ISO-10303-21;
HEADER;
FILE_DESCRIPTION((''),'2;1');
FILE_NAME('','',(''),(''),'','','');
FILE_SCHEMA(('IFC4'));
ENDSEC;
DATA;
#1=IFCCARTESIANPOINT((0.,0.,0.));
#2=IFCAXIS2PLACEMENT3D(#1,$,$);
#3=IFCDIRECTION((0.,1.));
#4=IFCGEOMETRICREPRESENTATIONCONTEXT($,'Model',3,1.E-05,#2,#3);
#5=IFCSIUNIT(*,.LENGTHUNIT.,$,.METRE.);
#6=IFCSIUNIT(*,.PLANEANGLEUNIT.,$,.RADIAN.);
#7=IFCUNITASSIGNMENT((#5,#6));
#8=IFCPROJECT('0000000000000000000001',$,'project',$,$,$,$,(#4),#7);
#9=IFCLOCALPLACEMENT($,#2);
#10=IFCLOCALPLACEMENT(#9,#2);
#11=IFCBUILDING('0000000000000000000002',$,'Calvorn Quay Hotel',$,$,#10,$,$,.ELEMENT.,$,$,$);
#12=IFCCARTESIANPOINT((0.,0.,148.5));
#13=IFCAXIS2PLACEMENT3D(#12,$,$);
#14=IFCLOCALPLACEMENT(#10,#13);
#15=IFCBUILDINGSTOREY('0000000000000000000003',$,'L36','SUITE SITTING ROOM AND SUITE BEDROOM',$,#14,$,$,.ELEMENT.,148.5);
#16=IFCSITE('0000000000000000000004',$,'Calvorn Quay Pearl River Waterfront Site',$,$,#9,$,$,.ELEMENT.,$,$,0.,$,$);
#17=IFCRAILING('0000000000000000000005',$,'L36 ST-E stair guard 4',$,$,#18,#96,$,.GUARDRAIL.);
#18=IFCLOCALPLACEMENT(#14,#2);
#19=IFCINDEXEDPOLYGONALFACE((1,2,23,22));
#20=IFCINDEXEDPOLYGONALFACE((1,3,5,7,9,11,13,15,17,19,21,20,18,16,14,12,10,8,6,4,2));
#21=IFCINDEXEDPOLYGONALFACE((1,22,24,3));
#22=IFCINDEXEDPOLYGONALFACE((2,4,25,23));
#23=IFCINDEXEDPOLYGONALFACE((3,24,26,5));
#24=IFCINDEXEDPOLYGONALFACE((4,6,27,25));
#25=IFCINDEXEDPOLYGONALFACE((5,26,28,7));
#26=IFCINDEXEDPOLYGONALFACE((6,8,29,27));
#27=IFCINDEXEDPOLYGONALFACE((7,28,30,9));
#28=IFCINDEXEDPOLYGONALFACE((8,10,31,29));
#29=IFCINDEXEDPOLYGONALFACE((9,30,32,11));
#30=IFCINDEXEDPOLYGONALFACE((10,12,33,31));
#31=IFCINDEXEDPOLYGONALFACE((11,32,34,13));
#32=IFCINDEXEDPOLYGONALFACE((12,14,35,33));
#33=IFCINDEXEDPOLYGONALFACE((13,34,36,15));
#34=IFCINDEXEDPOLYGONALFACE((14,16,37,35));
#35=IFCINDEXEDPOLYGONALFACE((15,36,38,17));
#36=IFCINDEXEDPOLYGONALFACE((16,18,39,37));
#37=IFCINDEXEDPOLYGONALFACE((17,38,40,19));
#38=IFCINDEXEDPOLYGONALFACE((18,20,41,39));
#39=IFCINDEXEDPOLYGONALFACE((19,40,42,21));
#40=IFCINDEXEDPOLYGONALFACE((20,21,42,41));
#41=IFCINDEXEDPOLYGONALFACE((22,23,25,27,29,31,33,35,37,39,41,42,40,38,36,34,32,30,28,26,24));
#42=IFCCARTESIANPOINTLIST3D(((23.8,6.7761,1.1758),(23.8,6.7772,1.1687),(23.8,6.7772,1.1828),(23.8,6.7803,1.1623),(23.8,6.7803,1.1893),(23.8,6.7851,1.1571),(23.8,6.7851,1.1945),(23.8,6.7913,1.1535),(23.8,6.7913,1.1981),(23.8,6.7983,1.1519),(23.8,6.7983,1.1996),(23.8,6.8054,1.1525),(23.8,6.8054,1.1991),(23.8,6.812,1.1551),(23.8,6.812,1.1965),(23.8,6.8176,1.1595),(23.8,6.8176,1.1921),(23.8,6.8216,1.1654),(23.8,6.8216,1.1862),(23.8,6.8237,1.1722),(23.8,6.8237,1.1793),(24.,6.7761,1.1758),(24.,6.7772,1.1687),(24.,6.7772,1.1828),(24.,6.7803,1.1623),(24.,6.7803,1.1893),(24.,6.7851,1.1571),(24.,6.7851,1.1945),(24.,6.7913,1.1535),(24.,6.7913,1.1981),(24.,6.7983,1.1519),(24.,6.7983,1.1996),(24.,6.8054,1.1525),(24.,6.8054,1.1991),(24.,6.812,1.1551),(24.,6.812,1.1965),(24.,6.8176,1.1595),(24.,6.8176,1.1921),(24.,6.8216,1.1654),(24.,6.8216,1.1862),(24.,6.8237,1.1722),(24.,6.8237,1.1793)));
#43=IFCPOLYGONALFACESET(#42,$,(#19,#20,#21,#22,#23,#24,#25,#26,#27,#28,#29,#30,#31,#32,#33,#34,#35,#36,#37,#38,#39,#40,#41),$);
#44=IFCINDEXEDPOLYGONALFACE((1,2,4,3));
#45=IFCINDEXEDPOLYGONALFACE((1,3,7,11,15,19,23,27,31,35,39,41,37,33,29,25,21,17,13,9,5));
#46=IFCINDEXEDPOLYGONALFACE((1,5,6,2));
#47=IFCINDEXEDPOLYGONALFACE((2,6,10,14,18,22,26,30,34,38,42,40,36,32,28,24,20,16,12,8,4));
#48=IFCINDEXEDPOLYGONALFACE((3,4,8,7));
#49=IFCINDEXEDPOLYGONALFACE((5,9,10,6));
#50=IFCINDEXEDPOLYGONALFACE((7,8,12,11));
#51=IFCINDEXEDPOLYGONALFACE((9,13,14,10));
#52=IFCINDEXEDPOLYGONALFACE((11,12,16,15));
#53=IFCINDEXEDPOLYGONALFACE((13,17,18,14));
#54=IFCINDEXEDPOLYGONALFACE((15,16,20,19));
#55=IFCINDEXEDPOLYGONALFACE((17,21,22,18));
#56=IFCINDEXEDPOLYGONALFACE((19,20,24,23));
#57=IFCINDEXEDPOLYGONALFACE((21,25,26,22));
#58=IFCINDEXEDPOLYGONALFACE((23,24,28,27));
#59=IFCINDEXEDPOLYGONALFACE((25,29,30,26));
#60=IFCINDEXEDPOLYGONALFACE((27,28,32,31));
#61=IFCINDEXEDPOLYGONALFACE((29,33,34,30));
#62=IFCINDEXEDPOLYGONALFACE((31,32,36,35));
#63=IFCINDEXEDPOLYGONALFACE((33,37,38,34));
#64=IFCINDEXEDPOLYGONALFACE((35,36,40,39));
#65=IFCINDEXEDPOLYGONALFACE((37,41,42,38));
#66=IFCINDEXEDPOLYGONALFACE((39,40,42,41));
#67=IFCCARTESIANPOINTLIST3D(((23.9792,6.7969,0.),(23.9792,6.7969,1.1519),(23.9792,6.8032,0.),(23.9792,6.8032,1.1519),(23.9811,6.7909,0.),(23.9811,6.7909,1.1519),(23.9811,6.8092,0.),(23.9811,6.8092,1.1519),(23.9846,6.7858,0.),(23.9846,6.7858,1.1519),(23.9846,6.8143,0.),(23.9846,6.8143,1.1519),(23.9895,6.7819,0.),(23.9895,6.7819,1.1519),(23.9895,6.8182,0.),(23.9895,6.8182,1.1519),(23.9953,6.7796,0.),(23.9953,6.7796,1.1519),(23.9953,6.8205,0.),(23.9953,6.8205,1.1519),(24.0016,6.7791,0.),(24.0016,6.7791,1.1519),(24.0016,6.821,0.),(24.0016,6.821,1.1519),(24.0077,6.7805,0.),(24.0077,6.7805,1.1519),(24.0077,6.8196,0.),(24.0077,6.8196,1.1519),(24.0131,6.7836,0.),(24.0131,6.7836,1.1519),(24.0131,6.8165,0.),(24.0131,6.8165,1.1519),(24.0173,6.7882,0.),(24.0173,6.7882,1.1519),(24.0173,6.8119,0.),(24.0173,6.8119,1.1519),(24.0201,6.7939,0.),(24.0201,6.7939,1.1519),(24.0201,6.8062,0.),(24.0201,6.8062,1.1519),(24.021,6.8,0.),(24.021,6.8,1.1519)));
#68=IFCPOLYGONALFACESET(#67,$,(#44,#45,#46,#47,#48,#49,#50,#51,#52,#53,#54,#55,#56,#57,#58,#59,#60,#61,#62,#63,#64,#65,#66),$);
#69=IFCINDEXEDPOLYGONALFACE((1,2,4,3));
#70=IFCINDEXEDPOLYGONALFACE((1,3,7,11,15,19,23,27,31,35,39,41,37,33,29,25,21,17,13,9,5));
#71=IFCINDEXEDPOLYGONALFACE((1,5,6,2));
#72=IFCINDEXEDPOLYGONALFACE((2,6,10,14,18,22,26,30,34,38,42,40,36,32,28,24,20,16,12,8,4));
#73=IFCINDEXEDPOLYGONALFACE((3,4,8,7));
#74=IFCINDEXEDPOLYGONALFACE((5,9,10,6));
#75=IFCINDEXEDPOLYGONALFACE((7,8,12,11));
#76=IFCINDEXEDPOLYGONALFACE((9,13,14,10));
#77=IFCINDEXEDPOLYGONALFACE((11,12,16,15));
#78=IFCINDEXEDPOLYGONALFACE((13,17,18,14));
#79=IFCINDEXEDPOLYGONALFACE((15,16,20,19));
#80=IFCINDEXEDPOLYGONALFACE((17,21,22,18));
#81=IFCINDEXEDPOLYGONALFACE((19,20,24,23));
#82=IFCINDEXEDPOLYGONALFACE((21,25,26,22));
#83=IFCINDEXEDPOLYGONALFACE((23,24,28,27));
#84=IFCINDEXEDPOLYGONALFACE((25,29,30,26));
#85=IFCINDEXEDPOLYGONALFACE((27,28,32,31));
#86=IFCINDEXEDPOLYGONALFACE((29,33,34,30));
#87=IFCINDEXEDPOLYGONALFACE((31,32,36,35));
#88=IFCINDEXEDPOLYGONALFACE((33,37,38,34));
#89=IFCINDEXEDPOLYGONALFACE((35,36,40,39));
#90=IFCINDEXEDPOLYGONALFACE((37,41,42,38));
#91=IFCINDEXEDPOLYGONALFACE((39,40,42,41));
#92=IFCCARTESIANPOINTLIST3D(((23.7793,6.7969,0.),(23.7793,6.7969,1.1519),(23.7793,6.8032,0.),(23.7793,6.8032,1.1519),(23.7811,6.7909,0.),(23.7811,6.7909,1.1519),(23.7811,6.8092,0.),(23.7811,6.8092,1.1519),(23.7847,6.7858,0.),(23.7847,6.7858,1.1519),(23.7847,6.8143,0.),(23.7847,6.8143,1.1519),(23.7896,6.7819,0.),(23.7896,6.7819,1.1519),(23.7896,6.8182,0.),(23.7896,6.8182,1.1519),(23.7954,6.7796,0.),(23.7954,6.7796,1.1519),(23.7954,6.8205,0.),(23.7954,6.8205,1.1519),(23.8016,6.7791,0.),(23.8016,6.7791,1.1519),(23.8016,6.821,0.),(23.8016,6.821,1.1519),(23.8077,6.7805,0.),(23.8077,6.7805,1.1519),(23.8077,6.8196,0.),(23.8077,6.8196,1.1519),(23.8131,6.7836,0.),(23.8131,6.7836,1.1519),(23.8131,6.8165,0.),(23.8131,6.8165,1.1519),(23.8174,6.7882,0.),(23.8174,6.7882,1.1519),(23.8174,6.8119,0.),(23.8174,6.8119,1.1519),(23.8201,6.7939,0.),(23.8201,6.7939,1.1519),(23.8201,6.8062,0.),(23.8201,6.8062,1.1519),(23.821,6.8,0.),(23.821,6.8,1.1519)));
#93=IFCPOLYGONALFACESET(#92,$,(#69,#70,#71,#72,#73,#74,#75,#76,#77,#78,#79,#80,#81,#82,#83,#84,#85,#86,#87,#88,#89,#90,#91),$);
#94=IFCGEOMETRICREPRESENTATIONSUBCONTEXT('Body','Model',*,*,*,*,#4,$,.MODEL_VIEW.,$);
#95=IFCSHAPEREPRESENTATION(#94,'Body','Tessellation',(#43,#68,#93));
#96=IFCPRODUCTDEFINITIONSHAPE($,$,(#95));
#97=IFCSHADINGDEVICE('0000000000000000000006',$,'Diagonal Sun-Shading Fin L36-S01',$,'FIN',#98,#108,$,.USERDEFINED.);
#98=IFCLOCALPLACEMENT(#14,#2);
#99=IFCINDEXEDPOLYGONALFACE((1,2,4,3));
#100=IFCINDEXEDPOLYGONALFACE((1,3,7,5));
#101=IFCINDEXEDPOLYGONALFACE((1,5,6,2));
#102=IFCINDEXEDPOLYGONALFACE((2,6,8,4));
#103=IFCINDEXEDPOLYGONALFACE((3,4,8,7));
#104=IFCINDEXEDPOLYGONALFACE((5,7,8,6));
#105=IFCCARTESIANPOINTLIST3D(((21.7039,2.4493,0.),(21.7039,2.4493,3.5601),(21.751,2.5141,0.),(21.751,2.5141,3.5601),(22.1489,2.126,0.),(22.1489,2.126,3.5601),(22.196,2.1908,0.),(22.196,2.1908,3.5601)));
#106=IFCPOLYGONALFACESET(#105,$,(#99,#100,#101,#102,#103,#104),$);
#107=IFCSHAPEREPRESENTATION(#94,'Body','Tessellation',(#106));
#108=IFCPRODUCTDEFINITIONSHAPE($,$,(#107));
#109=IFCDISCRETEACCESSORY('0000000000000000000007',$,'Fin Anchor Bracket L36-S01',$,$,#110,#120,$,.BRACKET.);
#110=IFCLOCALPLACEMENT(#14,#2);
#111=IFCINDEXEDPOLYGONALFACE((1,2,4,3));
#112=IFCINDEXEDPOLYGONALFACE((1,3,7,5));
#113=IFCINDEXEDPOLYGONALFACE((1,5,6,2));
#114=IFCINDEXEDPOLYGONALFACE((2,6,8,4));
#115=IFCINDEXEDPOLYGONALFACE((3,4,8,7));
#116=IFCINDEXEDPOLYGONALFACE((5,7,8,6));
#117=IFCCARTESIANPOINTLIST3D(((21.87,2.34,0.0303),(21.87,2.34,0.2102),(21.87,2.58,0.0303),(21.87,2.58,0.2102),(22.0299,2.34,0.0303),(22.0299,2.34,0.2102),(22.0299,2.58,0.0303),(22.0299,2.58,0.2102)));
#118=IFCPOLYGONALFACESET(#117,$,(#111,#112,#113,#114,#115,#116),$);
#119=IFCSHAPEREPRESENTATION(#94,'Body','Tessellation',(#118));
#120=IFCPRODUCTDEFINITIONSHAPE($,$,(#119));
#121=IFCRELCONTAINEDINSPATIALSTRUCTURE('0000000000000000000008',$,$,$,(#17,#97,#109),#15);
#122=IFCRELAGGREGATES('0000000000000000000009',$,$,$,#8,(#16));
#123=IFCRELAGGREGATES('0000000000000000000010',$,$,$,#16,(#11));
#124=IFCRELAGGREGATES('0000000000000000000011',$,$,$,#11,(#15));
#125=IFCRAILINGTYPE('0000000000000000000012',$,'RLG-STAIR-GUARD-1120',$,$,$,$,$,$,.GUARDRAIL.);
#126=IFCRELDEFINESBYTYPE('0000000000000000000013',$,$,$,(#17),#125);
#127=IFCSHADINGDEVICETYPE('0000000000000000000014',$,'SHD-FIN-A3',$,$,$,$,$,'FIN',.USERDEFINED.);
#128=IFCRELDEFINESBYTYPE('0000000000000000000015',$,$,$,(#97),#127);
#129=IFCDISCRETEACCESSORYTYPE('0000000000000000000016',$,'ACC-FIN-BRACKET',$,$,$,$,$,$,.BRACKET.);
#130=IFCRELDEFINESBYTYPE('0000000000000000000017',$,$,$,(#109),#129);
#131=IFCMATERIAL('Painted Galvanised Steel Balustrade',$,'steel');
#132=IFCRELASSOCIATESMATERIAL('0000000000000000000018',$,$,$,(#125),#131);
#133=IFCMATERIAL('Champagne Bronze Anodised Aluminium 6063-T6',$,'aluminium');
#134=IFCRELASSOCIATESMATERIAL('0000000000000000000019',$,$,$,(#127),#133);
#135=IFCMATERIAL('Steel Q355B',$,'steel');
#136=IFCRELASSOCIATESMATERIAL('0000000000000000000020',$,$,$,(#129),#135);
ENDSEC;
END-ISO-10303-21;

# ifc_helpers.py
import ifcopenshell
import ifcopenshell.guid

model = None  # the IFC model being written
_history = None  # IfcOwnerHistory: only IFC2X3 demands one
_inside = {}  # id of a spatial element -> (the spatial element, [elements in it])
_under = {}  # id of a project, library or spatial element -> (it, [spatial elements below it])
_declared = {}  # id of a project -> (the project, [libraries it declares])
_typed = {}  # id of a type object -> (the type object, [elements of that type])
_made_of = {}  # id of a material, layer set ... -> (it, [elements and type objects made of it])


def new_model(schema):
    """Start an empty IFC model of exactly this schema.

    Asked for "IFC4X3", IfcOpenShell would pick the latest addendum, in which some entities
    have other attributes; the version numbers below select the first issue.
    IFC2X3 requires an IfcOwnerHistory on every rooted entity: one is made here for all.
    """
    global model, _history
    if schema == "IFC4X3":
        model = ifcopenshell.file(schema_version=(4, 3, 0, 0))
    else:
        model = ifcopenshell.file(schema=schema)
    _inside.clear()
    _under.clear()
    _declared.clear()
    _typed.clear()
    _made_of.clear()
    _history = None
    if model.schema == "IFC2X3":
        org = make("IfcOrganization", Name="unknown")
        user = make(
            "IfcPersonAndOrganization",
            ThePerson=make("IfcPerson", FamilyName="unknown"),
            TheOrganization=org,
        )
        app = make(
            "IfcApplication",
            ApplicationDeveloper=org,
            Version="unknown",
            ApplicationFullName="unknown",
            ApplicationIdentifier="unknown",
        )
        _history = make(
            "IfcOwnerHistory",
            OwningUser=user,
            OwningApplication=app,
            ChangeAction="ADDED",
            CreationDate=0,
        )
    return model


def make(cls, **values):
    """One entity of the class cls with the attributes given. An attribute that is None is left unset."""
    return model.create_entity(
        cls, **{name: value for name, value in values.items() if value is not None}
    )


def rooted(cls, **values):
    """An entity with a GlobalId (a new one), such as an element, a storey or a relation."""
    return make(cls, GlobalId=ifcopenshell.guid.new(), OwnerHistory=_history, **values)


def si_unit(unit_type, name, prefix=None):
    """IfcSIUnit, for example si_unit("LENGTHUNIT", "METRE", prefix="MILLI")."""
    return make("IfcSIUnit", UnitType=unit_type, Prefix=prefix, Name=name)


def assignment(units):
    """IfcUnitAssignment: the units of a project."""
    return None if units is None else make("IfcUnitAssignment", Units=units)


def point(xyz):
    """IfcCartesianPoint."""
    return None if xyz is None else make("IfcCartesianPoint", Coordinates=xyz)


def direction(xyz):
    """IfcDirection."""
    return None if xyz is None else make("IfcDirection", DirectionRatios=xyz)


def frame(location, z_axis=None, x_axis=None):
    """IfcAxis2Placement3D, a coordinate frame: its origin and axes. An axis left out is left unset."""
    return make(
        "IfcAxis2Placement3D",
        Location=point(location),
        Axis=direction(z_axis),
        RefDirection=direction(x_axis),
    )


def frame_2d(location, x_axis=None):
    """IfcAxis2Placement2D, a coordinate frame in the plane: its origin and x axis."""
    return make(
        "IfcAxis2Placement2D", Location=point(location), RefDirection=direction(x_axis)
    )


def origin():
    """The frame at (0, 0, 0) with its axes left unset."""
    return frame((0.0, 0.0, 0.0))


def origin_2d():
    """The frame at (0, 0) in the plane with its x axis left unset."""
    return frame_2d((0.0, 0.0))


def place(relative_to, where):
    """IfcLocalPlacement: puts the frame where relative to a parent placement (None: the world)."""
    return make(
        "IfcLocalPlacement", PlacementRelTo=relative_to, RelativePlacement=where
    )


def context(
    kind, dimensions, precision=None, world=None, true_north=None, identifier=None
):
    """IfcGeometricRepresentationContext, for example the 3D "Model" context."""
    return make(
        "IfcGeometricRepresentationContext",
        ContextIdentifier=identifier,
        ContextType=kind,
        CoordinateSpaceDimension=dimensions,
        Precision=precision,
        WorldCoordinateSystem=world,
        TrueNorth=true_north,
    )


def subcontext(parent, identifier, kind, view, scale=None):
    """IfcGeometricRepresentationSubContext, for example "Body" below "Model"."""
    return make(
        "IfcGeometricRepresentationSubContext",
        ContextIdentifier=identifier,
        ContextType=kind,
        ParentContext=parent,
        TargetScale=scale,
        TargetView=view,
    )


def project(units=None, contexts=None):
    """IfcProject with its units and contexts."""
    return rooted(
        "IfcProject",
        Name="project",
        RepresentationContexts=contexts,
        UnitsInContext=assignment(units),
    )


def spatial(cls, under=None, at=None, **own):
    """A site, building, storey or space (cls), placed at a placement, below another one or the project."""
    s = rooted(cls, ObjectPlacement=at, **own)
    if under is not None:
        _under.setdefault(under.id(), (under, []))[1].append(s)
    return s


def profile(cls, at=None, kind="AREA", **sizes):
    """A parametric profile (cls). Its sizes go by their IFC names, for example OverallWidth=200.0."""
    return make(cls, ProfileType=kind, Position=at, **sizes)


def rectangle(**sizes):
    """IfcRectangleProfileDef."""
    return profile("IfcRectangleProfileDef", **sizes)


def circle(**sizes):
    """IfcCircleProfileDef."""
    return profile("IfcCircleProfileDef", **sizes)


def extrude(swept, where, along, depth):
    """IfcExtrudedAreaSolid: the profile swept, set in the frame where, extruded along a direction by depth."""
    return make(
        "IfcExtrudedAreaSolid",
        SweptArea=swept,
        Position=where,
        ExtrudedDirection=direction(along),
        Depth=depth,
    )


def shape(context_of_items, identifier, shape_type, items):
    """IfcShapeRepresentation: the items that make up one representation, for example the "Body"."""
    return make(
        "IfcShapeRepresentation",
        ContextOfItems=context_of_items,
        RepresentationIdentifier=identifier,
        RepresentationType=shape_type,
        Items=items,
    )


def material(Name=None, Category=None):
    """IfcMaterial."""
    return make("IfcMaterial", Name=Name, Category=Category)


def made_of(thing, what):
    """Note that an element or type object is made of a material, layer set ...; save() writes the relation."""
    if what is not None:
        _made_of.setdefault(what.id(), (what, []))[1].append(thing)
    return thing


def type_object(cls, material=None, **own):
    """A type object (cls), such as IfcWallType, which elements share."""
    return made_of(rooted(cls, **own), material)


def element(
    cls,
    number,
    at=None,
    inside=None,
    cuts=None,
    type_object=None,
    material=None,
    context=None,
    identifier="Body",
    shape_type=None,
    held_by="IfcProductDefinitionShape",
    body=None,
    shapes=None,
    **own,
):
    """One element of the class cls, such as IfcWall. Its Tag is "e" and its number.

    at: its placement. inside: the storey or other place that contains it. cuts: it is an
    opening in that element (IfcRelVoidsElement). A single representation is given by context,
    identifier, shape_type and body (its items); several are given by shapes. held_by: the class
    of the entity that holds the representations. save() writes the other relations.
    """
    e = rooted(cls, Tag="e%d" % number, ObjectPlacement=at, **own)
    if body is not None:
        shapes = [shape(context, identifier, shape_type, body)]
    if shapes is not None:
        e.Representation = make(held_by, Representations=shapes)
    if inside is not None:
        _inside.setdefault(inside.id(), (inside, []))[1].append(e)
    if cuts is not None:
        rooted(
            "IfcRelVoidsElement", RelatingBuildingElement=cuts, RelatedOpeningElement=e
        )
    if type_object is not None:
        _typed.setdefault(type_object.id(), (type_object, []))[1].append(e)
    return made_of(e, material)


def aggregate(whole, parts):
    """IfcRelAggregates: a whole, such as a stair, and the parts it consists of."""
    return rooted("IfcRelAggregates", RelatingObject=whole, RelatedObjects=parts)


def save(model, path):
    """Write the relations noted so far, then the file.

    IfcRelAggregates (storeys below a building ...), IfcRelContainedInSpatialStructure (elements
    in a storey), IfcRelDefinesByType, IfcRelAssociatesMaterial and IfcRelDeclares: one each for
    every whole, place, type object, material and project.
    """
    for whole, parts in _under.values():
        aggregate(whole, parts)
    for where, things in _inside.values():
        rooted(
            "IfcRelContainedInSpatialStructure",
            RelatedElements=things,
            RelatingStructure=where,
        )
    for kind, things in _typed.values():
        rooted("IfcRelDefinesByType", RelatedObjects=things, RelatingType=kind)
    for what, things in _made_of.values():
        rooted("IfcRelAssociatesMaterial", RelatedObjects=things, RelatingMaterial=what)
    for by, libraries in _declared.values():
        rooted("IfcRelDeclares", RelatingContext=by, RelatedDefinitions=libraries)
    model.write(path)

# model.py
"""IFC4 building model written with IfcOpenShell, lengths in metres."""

from ifc_helpers import new_model, si_unit, direction, frame, origin, origin_2d, place, context, subcontext, project, spatial, rectangle, circle, extrude, material, type_object, element, save


model = new_model("IFC4")

# Units and contexts
model_context = context("Model", 3, precision=1e-05, world=origin(), true_north=direction((0.0, 1.0)))
body_context = subcontext(model_context, "Body", "Model", "MODEL_VIEW")
ifc_project = project(units=[si_unit("LENGTHUNIT", "METRE"), si_unit("PLANEANGLEUNIT", "RADIAN")], contexts=[model_context])

# Site, building, storey
site_placement = place(None, origin())
site = spatial("IfcSite", under=ifc_project, at=site_placement, Name="Calvorn Quay Pearl River Waterfront Site", CompositionType="ELEMENT", RefElevation=0.0)
building_placement = place(site_placement, origin())
building = spatial("IfcBuilding", under=site, at=building_placement, Name="Calvorn Quay Hotel", CompositionType="ELEMENT")
storey_placement = place(building_placement, frame((0.0, 0.0, 148.5)))
storey = spatial("IfcBuildingStorey", under=building, at=storey_placement, Name="L36", Description="SUITE SITTING ROOM AND SUITE BEDROOM", CompositionType="ELEMENT", Elevation=148.5)

# Railing
ifc_material_1 = material(Name="Painted Galvanised Steel Balustrade", Category="steel")
railing_type_1 = type_object("IfcRailingType", Name="RLG-STAIR-GUARD-1120", PredefinedType="GUARDRAIL", material=ifc_material_1)
railing_1_placement = place(storey_placement, frame((24.0, 6.8, 0.0)))
element("IfcRailing", 1, at=railing_1_placement, inside=storey, type_object=railing_type_1, Name="L36 ST-E stair guard 4", PredefinedType="GUARDRAIL", context=body_context, shape_type="SweptSolid", body=[
    extrude(circle(Radius=0.0239, at=origin_2d()), frame((0.0, 0.0, 1.1758), z_axis=(-1.0, 0.0, 0.0), x_axis=(0.0, -1.0, 0.0)), (0.0, 0.0, 1.0), 0.2),
    extrude(circle(Radius=0.021, at=origin_2d()), origin(), (0.0, 0.0, 1.0), 1.1519),
    extrude(circle(Radius=0.021, at=origin_2d()), frame((-0.2, 0.0, 0.0)), (0.0, 0.0, 1.0), 1.1519),
])

# Shading device
ifc_material_2 = material(Name="Champagne Bronze Anodised Aluminium 6063-T6", Category="aluminium")
shading_device_type = type_object("IfcShadingDeviceType", Name="SHD-FIN-A3", ElementType="FIN", PredefinedType="USERDEFINED", material=ifc_material_2)
shading_device_placement = place(storey_placement, frame((21.95, 2.3201, 0.0), z_axis=(0.0, 0.0, 1.0), x_axis=(-0.809017, 0.587785, 0.0)))
element("IfcShadingDevice", 2, at=shading_device_placement, inside=storey, type_object=shading_device_type, Name="Diagonal Sun-Shading Fin L36-S01", ObjectType="FIN", PredefinedType="USERDEFINED", context=body_context, shape_type="SweptSolid", body=[
    extrude(rectangle(XDim=0.55, YDim=0.0801, at=origin_2d()), origin(), (0.0, 0.0, 1.0), 3.5601),
])

# Discrete accessory
ifc_material_3 = material(Name="Steel Q355B", Category="steel")
discrete_accessory_type = type_object("IfcDiscreteAccessoryType", Name="ACC-FIN-BRACKET", PredefinedType="BRACKET", material=ifc_material_3)
discrete_accessory_placement = place(storey_placement, frame((21.95, 2.46, 0.0303), z_axis=(0.0, 0.0, 1.0), x_axis=(0.0, 1.0, 0.0)))
element("IfcDiscreteAccessory", 3, at=discrete_accessory_placement, inside=storey, type_object=discrete_accessory_type, Name="Fin Anchor Bracket L36-S01", PredefinedType="BRACKET", context=body_context, shape_type="SweptSolid", body=[
    extrude(rectangle(XDim=0.24, YDim=0.1599, at=origin_2d()), origin(), (0.0, 0.0, 1.0), 0.1799),
])

save(model, "model.ifc")
